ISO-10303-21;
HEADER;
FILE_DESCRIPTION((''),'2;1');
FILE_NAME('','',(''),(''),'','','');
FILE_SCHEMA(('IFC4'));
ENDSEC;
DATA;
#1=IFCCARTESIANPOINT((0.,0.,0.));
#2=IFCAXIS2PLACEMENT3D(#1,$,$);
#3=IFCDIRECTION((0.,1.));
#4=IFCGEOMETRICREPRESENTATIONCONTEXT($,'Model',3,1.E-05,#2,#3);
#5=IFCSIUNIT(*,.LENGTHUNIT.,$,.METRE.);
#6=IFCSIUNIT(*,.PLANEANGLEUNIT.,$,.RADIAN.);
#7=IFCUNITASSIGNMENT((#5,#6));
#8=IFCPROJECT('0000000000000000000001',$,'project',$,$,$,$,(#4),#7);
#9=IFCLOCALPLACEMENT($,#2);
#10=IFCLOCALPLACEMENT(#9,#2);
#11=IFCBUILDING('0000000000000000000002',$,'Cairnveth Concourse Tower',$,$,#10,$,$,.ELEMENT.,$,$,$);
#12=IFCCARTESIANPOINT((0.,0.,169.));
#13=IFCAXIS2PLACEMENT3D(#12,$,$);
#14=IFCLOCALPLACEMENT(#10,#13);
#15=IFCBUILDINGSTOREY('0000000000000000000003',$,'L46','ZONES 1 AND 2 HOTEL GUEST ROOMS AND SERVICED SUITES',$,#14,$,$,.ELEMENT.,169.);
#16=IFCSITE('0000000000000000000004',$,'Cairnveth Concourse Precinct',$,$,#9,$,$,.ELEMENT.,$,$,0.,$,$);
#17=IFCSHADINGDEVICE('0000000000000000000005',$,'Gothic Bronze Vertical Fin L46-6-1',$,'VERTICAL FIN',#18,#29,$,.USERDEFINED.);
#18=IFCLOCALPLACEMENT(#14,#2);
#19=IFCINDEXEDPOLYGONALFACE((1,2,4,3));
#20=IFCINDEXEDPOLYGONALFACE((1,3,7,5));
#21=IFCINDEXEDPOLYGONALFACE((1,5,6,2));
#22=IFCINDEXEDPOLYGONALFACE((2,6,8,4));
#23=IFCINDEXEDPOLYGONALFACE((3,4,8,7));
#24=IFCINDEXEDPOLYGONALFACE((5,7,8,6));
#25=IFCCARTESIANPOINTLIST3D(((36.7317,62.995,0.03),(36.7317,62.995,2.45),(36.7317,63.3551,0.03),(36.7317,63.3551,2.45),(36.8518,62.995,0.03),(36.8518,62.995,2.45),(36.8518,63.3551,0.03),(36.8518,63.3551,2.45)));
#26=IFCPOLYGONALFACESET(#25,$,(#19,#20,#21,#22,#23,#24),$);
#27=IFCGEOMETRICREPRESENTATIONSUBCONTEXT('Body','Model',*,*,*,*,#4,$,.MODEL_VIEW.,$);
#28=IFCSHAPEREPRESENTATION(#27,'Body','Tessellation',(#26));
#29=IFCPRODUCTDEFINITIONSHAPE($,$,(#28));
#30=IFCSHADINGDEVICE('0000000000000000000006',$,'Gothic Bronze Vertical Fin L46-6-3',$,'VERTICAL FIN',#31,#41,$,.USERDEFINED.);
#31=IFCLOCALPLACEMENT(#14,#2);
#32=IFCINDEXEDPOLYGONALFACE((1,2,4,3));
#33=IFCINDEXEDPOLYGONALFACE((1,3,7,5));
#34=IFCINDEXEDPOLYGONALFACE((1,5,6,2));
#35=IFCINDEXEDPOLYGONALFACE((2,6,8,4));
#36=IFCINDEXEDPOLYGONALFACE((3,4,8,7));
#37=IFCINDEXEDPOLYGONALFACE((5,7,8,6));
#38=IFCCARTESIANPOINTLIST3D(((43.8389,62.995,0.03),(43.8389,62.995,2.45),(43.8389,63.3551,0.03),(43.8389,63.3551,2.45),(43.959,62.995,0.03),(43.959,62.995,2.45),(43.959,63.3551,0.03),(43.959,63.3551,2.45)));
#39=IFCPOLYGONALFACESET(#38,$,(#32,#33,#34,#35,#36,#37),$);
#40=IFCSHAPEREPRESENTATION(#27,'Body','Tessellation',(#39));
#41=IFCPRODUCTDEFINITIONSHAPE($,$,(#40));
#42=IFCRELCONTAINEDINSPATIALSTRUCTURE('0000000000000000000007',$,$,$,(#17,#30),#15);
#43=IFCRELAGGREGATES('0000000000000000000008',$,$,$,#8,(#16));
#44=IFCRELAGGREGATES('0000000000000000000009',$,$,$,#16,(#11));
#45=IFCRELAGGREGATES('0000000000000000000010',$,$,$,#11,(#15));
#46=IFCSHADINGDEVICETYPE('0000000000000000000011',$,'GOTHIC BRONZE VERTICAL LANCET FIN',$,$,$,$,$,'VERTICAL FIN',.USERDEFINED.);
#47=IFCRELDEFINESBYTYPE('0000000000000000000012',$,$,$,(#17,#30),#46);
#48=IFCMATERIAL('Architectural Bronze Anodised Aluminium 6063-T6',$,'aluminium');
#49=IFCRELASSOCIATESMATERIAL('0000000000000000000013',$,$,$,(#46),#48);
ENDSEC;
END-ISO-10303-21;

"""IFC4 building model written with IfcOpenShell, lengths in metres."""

from ifc_helpers import new_model, si_unit, direction, frame, origin, origin_2d, place, context, subcontext, project, spatial, rectangle, extrude, material, type_object, element, save


model = new_model("IFC4")

# Units and contexts
model_context = context("Model", 3, precision=1e-05, world=origin(), true_north=direction((0.0, 1.0)))
body_context = subcontext(model_context, "Body", "Model", "MODEL_VIEW")
ifc_project = project(units=[si_unit("LENGTHUNIT", "METRE"), si_unit("PLANEANGLEUNIT", "RADIAN")], contexts=[model_context])

# Site, building, storey
site_placement = place(None, origin())
site = spatial("IfcSite", under=ifc_project, at=site_placement, Name="Cairnveth Concourse Precinct", CompositionType="ELEMENT", RefElevation=0.0)
building_placement = place(site_placement, origin())
building = spatial("IfcBuilding", under=site, at=building_placement, Name="Cairnveth Concourse Tower", CompositionType="ELEMENT")
storey_placement = place(building_placement, frame((0.0, 0.0, 169.0)))
storey = spatial("IfcBuildingStorey", under=building, at=storey_placement, Name="L46", Description="ZONES 1 AND 2 HOTEL GUEST ROOMS AND SERVICED SUITES", CompositionType="ELEMENT", Elevation=169.0)

# Shading devices
ifc_material_1 = material(Name="Architectural Bronze Anodised Aluminium 6063-T6", Category="aluminium")
shading_device_type = type_object("IfcShadingDeviceType", Name="GOTHIC BRONZE VERTICAL LANCET FIN", ElementType="VERTICAL FIN", PredefinedType="USERDEFINED", material=ifc_material_1)
for number, where, z_axis, x_axis, name in (
    (1, (36.7917, 63.175, 0.03), (0.0, 0.0, 1.0), (1.0, 0.0, 0.0), "Gothic Bronze Vertical Fin L46-6-1"),
    (2, (43.8989, 63.175, 0.03), (0.0, 0.0, 1.0), (1.0, 0.0, 0.0), "Gothic Bronze Vertical Fin L46-6-3"),
):
    element("IfcShadingDevice", number, at=place(storey_placement, frame(where, z_axis=z_axis, x_axis=x_axis)), inside=storey, type_object=shading_device_type, Name=name, ObjectType="VERTICAL FIN", PredefinedType="USERDEFINED", context=body_context, shape_type="SweptSolid", body=[
        extrude(rectangle(XDim=0.1201, YDim=0.3601, at=origin_2d()), origin(), (0.0, 0.0, 1.0), 2.4199),
    ])

save(model, "model.ifc")
